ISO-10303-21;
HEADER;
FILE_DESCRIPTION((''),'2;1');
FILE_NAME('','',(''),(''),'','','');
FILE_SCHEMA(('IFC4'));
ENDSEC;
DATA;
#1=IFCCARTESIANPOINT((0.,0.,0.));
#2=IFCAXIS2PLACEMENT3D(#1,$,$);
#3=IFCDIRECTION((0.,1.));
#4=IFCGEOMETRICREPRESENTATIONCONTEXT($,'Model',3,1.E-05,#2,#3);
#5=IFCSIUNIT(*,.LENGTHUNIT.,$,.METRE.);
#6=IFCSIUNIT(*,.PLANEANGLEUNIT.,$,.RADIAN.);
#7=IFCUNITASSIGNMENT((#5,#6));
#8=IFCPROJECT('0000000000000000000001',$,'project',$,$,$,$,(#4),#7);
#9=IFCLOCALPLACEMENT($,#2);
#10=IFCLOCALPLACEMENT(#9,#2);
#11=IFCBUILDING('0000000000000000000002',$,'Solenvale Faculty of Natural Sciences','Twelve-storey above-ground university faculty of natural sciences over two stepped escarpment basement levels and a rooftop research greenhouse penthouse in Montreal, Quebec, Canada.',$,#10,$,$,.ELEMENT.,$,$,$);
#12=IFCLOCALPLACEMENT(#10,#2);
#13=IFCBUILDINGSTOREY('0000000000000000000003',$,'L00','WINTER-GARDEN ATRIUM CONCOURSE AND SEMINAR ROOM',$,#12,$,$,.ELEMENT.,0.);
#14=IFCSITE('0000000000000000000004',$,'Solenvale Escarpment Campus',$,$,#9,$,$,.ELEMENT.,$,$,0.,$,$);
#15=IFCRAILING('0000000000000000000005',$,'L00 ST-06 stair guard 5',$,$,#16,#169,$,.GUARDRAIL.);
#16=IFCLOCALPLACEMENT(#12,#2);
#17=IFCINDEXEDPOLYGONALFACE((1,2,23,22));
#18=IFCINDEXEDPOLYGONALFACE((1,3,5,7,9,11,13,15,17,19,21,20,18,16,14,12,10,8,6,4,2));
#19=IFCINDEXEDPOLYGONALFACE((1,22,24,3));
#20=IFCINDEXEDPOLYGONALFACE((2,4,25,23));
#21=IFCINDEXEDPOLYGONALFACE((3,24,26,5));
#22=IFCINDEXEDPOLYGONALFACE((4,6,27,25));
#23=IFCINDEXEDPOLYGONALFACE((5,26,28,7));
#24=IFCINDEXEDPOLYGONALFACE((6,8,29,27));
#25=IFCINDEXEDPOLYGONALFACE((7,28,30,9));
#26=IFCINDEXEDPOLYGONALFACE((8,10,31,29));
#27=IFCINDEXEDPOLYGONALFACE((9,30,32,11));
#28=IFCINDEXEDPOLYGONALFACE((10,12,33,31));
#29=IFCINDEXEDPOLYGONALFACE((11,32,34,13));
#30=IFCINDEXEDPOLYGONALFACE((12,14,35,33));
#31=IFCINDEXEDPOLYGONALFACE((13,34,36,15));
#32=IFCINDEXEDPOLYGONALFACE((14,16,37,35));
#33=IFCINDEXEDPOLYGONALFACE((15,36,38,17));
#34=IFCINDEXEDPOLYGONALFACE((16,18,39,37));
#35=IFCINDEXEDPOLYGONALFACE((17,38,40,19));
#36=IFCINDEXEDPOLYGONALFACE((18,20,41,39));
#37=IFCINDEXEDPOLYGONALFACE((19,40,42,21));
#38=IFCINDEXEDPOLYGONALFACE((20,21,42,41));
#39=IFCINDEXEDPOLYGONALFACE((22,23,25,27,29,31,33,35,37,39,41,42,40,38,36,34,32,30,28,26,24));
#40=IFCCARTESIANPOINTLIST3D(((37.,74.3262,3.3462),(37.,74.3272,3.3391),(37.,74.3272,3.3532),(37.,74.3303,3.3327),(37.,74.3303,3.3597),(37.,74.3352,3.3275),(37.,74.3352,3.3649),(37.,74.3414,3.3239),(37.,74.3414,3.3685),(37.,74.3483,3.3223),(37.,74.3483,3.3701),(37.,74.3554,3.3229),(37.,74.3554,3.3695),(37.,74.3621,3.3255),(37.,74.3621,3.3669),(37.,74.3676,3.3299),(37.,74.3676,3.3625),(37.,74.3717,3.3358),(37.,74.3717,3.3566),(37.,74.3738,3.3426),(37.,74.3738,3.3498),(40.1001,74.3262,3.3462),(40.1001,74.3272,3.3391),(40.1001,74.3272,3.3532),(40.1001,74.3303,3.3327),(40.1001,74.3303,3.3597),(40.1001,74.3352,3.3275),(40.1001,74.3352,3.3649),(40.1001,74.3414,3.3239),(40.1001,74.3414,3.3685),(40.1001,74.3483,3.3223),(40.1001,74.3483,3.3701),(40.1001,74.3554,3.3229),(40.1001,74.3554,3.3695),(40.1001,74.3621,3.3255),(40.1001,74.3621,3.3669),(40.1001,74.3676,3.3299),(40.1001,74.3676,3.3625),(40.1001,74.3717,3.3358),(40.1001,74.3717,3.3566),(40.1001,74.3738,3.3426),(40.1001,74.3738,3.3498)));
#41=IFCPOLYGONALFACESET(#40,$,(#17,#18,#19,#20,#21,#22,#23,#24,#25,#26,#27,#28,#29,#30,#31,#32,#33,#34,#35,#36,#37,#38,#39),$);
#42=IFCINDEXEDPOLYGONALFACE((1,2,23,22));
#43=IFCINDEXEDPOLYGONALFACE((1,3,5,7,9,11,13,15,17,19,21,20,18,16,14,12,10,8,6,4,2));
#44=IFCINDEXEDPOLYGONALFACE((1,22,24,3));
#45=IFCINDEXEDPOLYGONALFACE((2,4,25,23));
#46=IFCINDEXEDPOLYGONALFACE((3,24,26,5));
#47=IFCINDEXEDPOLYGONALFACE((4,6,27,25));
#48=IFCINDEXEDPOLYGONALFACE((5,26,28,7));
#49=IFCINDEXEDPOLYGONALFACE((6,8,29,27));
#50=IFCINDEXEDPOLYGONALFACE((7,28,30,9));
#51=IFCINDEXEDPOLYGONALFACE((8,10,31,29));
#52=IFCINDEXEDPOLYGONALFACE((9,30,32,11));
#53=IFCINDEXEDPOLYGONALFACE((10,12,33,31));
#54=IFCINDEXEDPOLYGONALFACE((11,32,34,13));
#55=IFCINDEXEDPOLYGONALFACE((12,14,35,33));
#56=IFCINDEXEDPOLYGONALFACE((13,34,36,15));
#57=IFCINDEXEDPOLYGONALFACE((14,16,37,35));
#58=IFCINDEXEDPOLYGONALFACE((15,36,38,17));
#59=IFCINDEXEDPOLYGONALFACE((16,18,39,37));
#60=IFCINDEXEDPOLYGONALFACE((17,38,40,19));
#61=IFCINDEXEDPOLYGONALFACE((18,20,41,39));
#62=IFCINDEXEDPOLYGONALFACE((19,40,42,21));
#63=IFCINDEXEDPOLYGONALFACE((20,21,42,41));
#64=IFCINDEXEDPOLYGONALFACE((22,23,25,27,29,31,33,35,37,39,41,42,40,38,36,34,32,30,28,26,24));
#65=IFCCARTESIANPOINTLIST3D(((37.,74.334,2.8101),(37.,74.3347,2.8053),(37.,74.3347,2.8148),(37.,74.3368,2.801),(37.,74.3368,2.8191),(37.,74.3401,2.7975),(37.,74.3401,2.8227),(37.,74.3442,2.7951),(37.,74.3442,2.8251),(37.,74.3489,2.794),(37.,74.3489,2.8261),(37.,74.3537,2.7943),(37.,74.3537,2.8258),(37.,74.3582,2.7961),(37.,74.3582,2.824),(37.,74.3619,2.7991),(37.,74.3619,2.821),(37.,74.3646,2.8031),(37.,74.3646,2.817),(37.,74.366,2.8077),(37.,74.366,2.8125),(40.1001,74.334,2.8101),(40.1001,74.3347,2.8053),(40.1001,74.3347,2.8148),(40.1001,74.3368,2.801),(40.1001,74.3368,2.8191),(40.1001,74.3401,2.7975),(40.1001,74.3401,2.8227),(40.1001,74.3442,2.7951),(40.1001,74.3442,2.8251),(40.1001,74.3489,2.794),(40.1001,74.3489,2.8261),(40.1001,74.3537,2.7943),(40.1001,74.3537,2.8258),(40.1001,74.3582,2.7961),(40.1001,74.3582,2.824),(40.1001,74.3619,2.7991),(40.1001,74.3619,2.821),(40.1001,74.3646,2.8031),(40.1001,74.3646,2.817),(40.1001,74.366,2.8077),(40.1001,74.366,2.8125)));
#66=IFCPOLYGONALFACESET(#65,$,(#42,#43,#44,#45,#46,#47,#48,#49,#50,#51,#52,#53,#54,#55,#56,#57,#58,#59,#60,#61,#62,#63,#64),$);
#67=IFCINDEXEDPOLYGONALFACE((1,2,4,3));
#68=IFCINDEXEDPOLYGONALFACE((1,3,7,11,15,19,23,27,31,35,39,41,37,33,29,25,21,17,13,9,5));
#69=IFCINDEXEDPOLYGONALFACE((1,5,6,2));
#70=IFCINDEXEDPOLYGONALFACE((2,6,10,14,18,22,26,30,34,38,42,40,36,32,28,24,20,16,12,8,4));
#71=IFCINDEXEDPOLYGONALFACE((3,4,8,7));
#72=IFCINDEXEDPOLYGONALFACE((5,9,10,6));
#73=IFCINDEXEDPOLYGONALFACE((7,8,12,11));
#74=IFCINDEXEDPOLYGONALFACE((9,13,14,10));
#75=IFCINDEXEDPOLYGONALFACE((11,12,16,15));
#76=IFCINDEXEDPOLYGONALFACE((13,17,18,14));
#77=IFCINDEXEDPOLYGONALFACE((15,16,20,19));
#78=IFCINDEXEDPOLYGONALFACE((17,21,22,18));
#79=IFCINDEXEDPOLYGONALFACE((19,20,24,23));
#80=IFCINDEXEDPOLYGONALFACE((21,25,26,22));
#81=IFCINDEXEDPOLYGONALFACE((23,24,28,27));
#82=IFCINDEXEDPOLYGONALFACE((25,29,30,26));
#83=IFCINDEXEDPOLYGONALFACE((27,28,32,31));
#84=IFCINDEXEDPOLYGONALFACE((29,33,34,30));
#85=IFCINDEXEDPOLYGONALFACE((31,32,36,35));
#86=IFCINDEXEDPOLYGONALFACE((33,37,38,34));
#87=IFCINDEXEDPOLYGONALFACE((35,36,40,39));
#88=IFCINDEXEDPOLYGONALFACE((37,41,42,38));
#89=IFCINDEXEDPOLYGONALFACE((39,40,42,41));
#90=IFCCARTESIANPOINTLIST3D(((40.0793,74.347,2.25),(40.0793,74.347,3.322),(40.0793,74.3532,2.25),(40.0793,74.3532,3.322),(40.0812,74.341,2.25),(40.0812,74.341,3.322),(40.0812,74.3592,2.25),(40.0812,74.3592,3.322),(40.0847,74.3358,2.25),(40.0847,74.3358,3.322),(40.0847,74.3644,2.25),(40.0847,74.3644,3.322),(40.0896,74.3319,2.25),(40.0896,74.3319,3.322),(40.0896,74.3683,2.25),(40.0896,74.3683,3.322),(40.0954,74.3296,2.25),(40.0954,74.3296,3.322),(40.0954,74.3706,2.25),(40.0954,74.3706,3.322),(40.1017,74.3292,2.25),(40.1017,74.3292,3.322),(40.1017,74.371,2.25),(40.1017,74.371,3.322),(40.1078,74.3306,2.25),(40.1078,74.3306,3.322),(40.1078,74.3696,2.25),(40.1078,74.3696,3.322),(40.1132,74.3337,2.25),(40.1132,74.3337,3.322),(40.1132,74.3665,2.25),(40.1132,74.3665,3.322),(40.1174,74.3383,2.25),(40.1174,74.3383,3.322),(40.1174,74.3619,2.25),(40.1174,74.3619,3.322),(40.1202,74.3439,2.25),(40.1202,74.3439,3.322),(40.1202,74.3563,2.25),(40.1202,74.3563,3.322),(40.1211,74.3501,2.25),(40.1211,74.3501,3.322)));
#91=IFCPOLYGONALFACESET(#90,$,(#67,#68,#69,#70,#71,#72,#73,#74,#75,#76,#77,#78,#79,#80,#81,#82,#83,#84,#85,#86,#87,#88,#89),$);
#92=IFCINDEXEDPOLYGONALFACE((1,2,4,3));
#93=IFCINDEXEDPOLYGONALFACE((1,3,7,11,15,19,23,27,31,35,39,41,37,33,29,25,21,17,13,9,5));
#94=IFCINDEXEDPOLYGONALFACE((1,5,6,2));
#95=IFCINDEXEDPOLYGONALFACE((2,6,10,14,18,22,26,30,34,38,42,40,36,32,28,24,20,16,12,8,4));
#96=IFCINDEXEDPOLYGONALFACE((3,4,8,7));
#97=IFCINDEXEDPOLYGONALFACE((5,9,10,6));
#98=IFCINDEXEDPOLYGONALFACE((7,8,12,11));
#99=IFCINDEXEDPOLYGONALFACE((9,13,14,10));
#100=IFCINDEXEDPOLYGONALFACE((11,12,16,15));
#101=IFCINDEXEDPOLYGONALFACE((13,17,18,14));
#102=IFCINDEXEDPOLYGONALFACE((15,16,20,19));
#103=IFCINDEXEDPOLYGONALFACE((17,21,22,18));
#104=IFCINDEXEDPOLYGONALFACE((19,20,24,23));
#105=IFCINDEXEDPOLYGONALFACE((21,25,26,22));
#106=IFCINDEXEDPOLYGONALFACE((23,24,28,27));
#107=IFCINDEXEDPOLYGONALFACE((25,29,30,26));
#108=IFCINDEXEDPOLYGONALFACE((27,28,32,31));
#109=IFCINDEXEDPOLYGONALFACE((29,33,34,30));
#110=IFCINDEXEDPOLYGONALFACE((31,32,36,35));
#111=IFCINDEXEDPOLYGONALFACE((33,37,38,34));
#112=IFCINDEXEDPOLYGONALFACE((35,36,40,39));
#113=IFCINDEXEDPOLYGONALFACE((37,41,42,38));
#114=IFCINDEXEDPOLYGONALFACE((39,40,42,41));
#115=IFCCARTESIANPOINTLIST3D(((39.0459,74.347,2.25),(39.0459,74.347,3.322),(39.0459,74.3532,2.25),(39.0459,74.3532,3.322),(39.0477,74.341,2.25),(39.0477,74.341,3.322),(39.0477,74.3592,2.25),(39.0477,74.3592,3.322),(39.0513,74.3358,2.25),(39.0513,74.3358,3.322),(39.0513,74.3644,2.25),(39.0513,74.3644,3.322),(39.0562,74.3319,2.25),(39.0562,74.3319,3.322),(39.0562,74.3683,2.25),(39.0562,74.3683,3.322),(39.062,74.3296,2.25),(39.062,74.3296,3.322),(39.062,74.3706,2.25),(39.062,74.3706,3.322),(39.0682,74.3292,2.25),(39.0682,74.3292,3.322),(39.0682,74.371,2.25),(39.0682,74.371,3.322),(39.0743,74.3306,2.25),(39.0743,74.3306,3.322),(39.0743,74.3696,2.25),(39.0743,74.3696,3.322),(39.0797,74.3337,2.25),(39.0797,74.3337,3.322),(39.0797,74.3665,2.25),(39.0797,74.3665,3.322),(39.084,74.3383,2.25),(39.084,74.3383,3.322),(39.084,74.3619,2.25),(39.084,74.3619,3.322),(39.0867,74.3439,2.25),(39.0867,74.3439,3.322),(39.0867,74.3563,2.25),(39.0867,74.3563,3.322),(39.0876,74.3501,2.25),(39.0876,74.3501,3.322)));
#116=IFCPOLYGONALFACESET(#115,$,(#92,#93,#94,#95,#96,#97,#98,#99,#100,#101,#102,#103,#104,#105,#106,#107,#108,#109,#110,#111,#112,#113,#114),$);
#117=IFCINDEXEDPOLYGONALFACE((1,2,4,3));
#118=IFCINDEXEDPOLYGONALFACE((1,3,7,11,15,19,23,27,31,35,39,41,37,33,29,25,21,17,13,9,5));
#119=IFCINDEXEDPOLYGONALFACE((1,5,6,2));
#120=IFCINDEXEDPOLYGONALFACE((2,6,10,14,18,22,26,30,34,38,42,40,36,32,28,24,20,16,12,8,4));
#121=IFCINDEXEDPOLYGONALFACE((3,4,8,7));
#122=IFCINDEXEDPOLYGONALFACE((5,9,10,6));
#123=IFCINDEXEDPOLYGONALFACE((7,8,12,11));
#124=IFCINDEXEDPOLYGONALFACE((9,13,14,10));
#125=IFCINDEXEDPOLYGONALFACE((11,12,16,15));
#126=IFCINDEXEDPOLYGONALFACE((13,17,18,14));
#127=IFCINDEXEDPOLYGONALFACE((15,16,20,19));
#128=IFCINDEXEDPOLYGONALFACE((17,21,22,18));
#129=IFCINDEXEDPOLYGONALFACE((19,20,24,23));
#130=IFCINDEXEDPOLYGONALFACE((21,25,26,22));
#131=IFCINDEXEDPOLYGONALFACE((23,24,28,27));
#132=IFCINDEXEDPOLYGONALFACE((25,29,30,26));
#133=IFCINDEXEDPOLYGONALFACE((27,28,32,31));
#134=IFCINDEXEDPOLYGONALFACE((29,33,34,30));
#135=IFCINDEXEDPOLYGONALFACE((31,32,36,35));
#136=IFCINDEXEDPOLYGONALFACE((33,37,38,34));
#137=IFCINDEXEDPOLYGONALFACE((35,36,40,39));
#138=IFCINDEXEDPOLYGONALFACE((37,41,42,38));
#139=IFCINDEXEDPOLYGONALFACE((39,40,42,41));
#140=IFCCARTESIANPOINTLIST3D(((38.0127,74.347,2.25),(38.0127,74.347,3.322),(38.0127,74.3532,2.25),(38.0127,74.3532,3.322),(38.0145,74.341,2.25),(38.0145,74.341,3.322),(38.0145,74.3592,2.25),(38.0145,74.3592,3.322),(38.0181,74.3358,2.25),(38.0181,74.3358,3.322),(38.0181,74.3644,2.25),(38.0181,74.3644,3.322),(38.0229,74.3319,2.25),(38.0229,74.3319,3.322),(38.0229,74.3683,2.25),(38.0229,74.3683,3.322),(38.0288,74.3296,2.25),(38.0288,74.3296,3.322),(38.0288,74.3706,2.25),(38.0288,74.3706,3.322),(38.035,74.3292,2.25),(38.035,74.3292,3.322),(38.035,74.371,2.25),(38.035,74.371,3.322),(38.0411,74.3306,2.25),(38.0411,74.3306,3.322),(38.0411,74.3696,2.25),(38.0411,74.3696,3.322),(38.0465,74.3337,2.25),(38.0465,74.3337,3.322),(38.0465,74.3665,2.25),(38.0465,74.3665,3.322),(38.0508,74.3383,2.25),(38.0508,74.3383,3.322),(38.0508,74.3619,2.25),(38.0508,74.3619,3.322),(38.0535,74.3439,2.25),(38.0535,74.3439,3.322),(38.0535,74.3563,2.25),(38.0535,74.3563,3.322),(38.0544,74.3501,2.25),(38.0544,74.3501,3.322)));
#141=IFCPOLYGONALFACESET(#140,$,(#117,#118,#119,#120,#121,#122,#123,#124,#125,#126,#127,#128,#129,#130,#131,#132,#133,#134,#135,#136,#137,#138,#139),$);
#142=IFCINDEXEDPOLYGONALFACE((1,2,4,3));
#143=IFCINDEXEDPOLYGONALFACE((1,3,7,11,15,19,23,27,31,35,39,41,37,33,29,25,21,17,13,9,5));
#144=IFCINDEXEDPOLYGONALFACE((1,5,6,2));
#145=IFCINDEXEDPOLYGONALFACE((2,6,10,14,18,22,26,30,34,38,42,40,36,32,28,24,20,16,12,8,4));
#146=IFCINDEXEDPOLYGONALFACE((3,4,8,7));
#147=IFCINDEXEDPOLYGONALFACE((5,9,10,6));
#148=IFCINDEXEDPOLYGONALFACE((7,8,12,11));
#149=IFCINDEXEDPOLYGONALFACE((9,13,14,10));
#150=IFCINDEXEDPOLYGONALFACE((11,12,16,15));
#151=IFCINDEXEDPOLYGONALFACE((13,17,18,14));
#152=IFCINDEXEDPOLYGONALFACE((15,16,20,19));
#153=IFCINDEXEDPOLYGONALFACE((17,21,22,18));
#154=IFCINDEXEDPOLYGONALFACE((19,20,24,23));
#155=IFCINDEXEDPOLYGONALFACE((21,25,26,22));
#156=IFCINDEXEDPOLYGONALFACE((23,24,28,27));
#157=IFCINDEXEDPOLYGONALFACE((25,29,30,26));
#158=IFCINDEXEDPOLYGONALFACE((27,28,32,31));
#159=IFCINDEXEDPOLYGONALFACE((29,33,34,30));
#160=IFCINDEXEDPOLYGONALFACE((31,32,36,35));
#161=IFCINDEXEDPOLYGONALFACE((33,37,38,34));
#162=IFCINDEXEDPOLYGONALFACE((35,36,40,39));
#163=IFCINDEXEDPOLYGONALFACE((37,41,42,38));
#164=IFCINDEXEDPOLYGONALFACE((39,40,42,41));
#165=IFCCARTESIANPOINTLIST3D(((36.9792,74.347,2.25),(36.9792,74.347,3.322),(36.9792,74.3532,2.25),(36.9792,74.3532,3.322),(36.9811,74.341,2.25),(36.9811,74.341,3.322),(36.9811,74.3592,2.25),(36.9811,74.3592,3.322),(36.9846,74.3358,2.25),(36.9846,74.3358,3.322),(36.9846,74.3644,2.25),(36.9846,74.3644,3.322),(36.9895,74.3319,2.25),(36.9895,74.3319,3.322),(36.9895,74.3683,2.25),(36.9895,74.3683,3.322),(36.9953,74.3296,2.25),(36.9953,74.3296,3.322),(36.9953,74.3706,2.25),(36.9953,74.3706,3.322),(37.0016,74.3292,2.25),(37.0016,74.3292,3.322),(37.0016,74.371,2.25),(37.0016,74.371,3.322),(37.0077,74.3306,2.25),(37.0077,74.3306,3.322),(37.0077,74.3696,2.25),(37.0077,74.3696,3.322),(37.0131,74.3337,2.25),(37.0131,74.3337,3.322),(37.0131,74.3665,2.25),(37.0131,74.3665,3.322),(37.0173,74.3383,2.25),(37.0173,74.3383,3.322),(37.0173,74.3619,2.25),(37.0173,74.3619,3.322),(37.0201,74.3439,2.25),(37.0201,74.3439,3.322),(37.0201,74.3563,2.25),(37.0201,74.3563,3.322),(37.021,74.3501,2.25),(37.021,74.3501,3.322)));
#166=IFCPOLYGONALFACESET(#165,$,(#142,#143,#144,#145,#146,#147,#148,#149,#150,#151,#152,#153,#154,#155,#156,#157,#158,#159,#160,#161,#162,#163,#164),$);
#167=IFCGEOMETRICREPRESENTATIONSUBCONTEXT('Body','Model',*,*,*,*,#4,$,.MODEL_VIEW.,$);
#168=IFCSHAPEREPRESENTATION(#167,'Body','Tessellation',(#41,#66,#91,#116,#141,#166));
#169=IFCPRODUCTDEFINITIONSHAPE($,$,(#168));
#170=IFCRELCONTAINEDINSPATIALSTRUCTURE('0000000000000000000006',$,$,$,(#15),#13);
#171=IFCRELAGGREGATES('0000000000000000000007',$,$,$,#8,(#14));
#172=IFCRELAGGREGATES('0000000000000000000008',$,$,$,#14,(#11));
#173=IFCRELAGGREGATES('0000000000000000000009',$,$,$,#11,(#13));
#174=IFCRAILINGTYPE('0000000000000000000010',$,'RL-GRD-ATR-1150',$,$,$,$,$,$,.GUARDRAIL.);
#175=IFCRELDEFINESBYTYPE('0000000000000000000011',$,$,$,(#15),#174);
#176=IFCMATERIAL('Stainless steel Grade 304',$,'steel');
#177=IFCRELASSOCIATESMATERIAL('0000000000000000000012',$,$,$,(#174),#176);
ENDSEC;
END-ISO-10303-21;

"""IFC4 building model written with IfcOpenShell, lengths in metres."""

from ifc_helpers import new_model, si_unit, direction, frame, origin, origin_2d, place, context, subcontext, project, spatial, circle, extrude, material, type_object, element, save


model = new_model("IFC4")

# Units and contexts
model_context = context("Model", 3, precision=1e-05, world=origin(), true_north=direction((0.0, 1.0)))
body_context = subcontext(model_context, "Body", "Model", "MODEL_VIEW")
ifc_project = project(units=[si_unit("LENGTHUNIT", "METRE"), si_unit("PLANEANGLEUNIT", "RADIAN")], contexts=[model_context])

# Site, building, storey
site_placement = place(None, origin())
site = spatial("IfcSite", under=ifc_project, at=site_placement, Name="Solenvale Escarpment Campus", CompositionType="ELEMENT", RefElevation=0.0)
building_placement = place(site_placement, origin())
building = spatial("IfcBuilding", under=site, at=building_placement, Name="Solenvale Faculty of Natural Sciences", Description="Twelve-storey above-ground university faculty of natural sciences over two stepped escarpment basement levels and a rooftop research greenhouse penthouse in Montreal, Quebec, Canada.", CompositionType="ELEMENT")
storey_placement = place(building_placement, origin())
storey = spatial("IfcBuildingStorey", under=building, at=storey_placement, Name="L00", Description="WINTER-GARDEN ATRIUM CONCOURSE AND SEMINAR ROOM", CompositionType="ELEMENT", Elevation=0.0)

# Railing
ifc_material_1 = material(Name="Stainless steel Grade 304", Category="steel")
railing_type_1 = type_object("IfcRailingType", Name="RL-GRD-ATR-1150", PredefinedType="GUARDRAIL", material=ifc_material_1)
railing_1_placement = place(storey_placement, frame((40.1001, 74.3501, 2.25)))
element("IfcRailing", 1, at=railing_1_placement, inside=storey, type_object=railing_type_1, Name="L00 ST-06 stair guard 5", PredefinedType="GUARDRAIL", context=body_context, shape_type="SweptSolid", body=[
    extrude(circle(Radius=0.0239, at=origin_2d()), frame((0.0, 0.0, 1.0962), z_axis=(-1.0, 0.0, 0.0), x_axis=(0.0, -1.0, 0.0)), (0.0, 0.0, 1.0), 3.1001),
    extrude(circle(Radius=0.0161, at=origin_2d()), frame((0.0, 0.0, 0.5601), z_axis=(-1.0, 0.0, 0.0), x_axis=(0.0, -1.0, 0.0)), (0.0, 0.0, 1.0), 3.1001),
    extrude(circle(Radius=0.021, at=origin_2d()), origin(), (0.0, 0.0, 1.0), 1.072),
    extrude(circle(Radius=0.021, at=origin_2d()), frame((-1.0334, 0.0, 0.0)), (0.0, 0.0, 1.0), 1.072),
    extrude(circle(Radius=0.021, at=origin_2d()), frame((-2.0667, 0.0, 0.0)), (0.0, 0.0, 1.0), 1.072),
    extrude(circle(Radius=0.021, at=origin_2d()), frame((-3.1001, 0.0, 0.0)), (0.0, 0.0, 1.0), 1.072),
])

save(model, "model.ifc")
